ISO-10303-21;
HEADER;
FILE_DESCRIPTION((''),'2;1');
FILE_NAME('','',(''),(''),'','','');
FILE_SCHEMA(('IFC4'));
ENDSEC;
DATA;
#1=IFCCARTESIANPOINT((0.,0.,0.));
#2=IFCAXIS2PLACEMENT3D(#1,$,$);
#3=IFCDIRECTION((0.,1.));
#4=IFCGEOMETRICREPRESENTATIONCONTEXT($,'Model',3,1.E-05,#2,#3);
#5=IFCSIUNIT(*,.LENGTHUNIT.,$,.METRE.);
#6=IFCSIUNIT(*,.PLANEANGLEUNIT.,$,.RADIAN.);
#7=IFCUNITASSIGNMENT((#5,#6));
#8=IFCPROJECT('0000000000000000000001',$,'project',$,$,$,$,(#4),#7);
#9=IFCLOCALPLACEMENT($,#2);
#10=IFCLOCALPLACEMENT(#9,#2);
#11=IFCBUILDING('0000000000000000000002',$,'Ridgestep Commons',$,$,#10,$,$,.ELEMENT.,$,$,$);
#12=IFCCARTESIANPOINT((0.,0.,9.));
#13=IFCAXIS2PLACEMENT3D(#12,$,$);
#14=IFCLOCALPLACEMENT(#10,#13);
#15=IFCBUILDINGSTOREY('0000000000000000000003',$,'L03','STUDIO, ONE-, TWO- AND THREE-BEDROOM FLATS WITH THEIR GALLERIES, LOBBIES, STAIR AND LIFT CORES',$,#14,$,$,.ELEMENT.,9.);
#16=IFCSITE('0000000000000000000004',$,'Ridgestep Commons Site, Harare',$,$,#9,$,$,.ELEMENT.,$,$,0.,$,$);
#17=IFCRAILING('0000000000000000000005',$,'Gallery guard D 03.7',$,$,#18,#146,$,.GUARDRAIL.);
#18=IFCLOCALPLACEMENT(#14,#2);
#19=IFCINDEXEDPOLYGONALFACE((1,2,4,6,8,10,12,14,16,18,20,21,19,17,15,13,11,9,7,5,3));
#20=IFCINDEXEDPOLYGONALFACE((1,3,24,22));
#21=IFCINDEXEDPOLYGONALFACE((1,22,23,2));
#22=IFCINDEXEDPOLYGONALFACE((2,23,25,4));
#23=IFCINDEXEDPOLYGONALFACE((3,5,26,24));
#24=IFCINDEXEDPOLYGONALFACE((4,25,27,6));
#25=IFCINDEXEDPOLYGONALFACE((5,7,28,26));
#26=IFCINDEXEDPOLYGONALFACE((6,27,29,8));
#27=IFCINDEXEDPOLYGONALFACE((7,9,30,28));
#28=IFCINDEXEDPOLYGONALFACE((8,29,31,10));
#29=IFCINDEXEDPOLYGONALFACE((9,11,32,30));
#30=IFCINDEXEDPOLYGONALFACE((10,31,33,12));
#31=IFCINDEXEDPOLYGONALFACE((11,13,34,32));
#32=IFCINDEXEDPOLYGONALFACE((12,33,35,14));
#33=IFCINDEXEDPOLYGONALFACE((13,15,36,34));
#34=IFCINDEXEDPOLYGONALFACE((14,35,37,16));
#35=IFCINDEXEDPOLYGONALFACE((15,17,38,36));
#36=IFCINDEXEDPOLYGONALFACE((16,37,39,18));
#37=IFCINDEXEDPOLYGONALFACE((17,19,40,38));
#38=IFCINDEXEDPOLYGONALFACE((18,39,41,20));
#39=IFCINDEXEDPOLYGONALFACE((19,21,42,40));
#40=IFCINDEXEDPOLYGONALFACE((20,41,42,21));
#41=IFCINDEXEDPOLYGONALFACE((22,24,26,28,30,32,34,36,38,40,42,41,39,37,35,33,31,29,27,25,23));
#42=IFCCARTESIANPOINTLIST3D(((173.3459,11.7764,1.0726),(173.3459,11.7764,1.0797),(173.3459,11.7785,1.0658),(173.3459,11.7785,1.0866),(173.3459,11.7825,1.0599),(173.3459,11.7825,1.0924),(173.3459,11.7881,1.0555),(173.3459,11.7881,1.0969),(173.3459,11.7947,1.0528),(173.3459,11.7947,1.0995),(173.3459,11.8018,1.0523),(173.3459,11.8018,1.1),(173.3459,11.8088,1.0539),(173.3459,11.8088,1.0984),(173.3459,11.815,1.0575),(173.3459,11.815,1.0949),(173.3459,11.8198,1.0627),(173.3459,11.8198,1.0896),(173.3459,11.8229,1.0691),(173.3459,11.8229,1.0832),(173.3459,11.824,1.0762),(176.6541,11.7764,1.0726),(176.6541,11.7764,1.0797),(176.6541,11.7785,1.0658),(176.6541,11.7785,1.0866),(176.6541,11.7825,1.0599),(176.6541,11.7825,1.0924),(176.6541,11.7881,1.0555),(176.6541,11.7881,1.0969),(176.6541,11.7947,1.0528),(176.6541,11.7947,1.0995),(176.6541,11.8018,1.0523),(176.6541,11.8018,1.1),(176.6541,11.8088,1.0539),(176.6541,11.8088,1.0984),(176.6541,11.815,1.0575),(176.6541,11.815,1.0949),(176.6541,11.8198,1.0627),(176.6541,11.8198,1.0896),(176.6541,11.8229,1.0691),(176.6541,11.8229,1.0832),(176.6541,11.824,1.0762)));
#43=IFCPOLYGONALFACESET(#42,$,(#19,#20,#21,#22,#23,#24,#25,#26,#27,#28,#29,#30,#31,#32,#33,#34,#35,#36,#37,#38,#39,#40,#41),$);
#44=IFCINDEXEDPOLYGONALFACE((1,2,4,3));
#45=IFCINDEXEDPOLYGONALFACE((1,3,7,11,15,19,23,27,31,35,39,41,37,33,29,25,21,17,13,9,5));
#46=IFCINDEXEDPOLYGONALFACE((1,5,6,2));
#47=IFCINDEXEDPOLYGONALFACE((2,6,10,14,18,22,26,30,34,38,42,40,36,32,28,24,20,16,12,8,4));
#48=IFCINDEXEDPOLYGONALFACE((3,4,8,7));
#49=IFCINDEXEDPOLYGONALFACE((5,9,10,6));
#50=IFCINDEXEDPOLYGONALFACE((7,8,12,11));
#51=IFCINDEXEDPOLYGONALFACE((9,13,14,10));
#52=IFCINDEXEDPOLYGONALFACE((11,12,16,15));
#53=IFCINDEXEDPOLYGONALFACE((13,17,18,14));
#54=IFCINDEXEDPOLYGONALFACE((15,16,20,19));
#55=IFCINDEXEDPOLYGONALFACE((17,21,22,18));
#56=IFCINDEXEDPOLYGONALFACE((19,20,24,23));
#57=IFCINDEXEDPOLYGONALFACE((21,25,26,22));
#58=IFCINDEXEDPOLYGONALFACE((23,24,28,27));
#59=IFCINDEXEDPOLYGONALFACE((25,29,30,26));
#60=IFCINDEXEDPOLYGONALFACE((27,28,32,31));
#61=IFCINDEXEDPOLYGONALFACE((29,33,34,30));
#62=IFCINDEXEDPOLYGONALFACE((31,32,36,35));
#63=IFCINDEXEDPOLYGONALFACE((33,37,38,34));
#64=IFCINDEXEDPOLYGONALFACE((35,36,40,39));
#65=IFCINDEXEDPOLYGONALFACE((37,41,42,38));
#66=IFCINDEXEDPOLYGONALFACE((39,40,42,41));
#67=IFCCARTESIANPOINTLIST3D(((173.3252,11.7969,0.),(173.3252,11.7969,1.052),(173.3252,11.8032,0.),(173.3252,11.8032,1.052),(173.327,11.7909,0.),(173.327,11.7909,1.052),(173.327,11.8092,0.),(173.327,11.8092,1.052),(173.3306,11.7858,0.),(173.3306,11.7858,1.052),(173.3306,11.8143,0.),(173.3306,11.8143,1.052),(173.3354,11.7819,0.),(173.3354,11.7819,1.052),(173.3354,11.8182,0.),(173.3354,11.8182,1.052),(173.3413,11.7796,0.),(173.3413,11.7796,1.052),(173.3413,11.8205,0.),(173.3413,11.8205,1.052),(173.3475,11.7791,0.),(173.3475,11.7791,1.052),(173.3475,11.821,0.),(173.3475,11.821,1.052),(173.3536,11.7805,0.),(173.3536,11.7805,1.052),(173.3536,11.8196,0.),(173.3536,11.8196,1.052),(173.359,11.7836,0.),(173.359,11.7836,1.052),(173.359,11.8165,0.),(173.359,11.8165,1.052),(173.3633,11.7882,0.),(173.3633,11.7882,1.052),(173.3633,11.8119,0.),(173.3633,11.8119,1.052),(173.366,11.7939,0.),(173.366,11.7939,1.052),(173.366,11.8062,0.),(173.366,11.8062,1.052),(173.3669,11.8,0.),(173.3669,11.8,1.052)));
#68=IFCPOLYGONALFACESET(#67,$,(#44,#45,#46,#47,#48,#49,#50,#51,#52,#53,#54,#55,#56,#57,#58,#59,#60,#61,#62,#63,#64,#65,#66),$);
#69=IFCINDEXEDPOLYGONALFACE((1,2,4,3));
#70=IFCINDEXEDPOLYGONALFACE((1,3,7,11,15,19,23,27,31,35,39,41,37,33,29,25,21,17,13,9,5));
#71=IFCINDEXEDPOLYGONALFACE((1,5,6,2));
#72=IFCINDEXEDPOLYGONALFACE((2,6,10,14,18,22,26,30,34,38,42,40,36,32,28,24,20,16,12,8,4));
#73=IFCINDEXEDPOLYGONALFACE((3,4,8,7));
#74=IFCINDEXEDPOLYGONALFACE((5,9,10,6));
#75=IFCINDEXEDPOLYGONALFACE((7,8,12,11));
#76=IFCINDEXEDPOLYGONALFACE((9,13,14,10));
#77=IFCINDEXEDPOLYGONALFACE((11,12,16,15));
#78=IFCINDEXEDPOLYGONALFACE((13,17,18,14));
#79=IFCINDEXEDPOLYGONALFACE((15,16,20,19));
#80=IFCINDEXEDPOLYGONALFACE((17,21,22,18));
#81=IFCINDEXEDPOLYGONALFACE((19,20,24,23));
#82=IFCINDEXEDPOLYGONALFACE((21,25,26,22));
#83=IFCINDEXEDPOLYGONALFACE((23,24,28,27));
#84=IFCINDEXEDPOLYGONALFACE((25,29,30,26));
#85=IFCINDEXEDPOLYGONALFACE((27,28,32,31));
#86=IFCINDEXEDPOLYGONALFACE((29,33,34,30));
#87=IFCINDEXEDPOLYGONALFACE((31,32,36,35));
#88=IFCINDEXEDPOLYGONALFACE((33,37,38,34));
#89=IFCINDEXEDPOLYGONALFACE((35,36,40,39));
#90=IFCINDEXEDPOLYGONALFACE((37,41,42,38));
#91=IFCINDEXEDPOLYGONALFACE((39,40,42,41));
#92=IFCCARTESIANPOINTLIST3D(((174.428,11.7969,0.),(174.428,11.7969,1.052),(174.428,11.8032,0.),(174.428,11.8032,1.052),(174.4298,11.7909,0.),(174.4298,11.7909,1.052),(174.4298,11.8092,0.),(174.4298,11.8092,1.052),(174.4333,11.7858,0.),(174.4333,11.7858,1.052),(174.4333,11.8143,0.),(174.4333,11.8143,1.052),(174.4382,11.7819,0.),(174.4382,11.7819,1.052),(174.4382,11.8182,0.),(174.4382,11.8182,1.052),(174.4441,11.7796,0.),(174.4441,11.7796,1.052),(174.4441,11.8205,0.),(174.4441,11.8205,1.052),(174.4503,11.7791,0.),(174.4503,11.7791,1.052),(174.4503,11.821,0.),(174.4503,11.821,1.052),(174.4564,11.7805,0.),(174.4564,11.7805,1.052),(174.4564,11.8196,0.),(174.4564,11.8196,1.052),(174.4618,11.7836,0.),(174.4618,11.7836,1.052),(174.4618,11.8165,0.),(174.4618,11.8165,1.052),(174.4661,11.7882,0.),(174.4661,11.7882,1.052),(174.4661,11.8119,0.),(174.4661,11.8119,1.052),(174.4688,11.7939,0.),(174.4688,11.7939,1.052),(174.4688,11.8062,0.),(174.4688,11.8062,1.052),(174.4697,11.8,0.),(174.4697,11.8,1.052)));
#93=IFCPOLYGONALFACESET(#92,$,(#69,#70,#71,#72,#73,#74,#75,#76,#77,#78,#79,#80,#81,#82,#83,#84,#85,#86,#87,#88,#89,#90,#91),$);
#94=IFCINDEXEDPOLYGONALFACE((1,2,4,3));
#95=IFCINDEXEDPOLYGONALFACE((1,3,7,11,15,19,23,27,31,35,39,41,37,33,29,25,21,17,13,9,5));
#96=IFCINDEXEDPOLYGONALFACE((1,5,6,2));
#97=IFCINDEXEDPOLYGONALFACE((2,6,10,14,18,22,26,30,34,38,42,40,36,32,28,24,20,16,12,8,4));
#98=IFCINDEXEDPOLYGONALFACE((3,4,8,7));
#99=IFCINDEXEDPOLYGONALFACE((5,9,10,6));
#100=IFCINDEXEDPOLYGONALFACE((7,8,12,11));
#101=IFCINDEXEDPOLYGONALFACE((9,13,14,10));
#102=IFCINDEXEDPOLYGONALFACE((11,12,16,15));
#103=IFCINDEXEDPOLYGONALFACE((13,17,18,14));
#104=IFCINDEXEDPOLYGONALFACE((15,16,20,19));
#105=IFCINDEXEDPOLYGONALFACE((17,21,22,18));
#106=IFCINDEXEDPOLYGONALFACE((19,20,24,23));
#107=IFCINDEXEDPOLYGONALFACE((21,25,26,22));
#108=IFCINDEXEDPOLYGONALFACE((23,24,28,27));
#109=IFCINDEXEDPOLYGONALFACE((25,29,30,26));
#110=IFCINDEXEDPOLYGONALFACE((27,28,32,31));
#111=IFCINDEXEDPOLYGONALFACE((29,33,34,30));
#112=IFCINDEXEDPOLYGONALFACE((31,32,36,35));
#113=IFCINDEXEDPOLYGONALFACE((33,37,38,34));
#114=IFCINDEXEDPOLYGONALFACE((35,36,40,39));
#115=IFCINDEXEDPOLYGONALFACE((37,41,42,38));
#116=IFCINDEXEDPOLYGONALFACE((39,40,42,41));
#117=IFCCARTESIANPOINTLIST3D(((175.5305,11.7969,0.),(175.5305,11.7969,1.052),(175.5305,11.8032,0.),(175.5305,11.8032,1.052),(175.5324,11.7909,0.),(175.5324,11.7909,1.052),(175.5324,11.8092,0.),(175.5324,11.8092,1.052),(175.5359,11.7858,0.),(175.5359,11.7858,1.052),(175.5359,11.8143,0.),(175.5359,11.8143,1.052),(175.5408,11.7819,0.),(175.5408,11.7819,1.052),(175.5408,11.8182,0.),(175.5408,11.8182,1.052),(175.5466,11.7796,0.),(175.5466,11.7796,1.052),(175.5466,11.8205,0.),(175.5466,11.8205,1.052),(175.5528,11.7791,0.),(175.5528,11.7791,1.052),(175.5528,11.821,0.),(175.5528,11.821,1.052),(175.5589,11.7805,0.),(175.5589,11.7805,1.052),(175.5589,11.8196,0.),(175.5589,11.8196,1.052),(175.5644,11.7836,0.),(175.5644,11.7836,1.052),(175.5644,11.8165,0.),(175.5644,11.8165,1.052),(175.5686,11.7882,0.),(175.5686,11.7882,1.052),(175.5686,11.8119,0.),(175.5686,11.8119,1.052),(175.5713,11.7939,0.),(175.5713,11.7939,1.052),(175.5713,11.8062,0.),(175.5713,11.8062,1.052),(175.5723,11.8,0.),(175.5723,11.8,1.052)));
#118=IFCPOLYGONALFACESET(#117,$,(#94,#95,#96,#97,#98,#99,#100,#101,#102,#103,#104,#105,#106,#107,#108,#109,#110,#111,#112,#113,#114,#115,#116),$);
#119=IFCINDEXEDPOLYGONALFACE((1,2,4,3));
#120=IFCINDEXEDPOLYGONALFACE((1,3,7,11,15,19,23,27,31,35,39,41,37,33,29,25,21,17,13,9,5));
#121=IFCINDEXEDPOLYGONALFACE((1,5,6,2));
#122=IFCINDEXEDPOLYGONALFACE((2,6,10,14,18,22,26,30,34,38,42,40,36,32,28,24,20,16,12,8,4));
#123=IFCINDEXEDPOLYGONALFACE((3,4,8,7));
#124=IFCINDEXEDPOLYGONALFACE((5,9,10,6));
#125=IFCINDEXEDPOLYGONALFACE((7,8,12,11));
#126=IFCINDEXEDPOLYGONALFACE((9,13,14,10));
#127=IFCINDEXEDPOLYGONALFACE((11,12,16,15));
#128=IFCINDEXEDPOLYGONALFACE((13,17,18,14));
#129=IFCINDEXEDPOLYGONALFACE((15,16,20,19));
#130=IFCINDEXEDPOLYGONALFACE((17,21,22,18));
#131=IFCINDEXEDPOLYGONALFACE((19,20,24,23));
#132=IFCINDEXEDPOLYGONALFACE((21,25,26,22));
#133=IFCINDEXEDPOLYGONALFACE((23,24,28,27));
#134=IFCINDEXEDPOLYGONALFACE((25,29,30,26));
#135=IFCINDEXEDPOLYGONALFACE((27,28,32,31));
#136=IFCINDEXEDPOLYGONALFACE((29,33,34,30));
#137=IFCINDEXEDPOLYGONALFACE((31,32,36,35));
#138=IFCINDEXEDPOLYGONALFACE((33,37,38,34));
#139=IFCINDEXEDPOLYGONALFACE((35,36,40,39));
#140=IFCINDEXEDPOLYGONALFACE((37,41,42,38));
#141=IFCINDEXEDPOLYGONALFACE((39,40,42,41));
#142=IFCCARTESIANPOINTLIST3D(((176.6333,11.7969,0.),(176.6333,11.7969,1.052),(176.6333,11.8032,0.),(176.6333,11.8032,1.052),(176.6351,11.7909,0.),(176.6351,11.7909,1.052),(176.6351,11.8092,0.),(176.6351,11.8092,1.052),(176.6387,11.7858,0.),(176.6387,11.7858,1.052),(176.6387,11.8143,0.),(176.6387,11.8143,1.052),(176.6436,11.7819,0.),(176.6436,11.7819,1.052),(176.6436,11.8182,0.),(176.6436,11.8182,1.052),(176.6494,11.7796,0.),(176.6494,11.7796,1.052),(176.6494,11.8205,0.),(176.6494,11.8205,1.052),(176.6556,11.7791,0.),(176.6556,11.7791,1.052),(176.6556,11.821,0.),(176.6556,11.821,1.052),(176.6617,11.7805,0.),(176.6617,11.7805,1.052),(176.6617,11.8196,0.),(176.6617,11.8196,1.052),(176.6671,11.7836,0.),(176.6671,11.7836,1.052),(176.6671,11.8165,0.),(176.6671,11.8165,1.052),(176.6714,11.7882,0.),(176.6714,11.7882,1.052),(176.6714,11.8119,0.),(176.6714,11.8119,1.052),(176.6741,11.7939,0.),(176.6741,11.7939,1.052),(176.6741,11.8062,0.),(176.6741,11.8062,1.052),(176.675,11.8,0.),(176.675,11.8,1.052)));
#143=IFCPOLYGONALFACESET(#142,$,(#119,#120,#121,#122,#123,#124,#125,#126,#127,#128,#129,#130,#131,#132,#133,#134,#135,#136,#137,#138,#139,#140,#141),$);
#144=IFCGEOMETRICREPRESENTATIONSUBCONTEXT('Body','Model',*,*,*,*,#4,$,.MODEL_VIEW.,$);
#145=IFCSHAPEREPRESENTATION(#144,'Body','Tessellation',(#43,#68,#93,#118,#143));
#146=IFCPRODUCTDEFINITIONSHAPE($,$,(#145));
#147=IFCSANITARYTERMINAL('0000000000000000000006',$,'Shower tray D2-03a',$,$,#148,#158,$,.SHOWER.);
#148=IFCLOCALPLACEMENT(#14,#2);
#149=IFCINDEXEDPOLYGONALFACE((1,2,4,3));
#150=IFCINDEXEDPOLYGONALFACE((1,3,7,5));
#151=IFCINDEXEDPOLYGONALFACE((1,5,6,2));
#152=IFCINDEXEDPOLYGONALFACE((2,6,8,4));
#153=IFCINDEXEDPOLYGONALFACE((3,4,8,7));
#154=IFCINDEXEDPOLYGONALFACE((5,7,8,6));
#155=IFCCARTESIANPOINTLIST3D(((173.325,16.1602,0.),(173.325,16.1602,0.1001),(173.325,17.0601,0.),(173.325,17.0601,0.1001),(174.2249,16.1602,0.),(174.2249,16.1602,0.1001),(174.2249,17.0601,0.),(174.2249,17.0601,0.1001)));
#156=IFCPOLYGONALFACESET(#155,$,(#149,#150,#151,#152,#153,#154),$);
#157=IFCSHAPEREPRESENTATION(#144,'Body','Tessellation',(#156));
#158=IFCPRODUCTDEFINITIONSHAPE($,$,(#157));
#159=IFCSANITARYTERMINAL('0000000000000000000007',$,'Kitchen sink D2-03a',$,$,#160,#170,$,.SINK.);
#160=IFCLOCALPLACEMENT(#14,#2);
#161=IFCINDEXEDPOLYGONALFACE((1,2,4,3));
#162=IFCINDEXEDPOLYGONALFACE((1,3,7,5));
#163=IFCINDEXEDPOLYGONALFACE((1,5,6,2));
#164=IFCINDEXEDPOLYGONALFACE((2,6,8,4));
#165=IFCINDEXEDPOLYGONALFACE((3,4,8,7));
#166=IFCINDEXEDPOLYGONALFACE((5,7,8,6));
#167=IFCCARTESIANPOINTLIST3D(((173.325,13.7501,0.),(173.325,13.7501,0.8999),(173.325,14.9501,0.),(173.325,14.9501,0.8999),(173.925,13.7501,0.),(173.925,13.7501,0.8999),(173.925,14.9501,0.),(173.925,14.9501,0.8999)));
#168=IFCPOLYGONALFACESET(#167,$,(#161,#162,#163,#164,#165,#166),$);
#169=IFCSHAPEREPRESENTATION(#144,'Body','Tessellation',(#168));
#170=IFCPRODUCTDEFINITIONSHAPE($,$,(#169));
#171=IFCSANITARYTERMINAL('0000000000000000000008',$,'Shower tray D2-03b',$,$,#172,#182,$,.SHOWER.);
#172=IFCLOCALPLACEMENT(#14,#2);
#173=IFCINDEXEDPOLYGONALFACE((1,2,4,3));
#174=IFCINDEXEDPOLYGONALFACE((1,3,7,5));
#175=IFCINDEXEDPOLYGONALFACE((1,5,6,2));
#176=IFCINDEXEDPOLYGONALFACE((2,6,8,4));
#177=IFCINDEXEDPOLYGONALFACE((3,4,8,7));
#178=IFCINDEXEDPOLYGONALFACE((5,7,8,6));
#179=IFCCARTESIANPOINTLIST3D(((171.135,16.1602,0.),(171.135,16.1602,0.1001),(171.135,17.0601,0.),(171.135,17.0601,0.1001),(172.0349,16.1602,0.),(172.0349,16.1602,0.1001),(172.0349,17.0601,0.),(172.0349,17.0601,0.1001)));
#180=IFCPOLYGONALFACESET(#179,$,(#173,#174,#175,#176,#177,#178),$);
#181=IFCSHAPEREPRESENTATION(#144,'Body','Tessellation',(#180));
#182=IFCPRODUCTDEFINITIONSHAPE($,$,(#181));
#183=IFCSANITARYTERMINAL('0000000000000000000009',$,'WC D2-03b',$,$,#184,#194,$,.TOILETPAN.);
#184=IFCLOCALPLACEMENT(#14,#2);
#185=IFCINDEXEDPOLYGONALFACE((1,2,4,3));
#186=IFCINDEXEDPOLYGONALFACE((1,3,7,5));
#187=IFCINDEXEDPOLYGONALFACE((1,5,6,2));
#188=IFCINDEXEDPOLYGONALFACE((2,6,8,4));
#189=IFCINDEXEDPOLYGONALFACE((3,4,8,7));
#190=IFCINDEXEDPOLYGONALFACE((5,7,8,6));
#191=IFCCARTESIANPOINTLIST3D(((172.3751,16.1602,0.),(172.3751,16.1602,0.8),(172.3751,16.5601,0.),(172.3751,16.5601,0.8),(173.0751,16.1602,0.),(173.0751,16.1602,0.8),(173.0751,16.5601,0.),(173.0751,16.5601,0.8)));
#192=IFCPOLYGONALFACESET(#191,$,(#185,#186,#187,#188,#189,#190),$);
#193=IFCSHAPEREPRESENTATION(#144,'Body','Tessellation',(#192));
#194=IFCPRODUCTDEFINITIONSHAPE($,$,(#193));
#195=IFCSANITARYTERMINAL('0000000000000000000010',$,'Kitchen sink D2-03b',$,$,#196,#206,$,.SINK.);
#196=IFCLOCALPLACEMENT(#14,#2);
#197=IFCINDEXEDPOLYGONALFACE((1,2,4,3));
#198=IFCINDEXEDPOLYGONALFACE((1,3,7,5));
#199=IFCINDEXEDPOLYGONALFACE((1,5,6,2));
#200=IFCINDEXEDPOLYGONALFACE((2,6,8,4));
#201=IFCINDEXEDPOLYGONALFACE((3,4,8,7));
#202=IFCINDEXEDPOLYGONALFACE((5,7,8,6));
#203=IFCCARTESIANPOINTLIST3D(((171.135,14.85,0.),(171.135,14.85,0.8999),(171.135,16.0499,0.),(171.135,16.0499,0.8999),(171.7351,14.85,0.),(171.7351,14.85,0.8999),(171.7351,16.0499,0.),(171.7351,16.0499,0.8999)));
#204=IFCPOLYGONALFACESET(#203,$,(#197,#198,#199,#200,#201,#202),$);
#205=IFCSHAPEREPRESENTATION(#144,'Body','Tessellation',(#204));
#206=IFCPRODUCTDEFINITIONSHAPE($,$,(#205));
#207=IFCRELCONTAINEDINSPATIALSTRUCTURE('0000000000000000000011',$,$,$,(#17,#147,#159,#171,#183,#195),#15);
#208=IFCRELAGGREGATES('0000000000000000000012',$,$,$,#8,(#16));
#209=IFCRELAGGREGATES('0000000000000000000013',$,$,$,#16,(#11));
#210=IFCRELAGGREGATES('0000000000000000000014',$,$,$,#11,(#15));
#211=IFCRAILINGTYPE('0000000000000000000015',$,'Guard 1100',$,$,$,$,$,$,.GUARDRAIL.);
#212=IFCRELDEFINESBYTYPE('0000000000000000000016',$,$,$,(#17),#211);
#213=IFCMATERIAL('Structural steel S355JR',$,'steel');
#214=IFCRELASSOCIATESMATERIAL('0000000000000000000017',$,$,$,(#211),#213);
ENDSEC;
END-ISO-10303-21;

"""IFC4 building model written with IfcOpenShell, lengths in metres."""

from ifc_helpers import new_model, si_unit, direction, frame, origin, origin_2d, place, context, subcontext, project, spatial, rectangle, circle, extrude, material, type_object, element, save


model = new_model("IFC4")

# Units and contexts
model_context = context("Model", 3, precision=1e-05, world=origin(), true_north=direction((0.0, 1.0)))
body_context = subcontext(model_context, "Body", "Model", "MODEL_VIEW")
ifc_project = project(units=[si_unit("LENGTHUNIT", "METRE"), si_unit("PLANEANGLEUNIT", "RADIAN")], contexts=[model_context])

# Site, building, storey
site_placement = place(None, origin())
site = spatial("IfcSite", under=ifc_project, at=site_placement, Name="Ridgestep Commons Site, Harare", CompositionType="ELEMENT", RefElevation=0.0)
building_placement = place(site_placement, origin())
building = spatial("IfcBuilding", under=site, at=building_placement, Name="Ridgestep Commons", CompositionType="ELEMENT")
storey_placement = place(building_placement, frame((0.0, 0.0, 9.0)))
storey = spatial("IfcBuildingStorey", under=building, at=storey_placement, Name="L03", Description="STUDIO, ONE-, TWO- AND THREE-BEDROOM FLATS WITH THEIR GALLERIES, LOBBIES, STAIR AND LIFT CORES", CompositionType="ELEMENT", Elevation=9.0)

# Railing
ifc_material_1 = material(Name="Structural steel S355JR", Category="steel")
railing_type = type_object("IfcRailingType", Name="Guard 1100", PredefinedType="GUARDRAIL", material=ifc_material_1)
railing_1_placement = place(storey_placement, frame((173.3459, 11.8, 0.0)))
element("IfcRailing", 1, at=railing_1_placement, inside=storey, type_object=railing_type, Name="Gallery guard D 03.7", PredefinedType="GUARDRAIL", context=body_context, shape_type="SweptSolid", body=[
    extrude(circle(Radius=0.0239, at=origin_2d()), frame((0.0, 0.0, 1.0762), z_axis=(1.0, 0.0, 0.0), x_axis=(0.0, 1.0, 0.0)), (0.0, 0.0, 1.0), 3.3081),
    extrude(circle(Radius=0.021, at=origin_2d()), origin(), (0.0, 0.0, 1.0), 1.052),
    extrude(circle(Radius=0.021, at=origin_2d()), frame((1.1028, 0.0, 0.0)), (0.0, 0.0, 1.0), 1.052),
    extrude(circle(Radius=0.021, at=origin_2d()), frame((2.2053, 0.0, 0.0)), (0.0, 0.0, 1.0), 1.052),
    extrude(circle(Radius=0.021, at=origin_2d()), frame((3.3081, 0.0, 0.0)), (0.0, 0.0, 1.0), 1.052),
])

# Sanitary terminals
sanitary_terminal_1_placement = place(storey_placement, frame((173.7749, 16.6101, 0.0), z_axis=(0.0, 0.0, 1.0), x_axis=(1.0, 0.0, 0.0)))
element("IfcSanitaryTerminal", 2, at=sanitary_terminal_1_placement, inside=storey, Name="Shower tray D2-03a", PredefinedType="SHOWER", context=body_context, shape_type="SweptSolid", body=[
    extrude(rectangle(XDim=0.8999, YDim=0.8999, at=origin_2d()), origin(), (0.0, 0.0, 1.0), 0.1001),
])
sanitary_terminal_2_placement = place(storey_placement, frame((173.625, 14.3501, 0.0), z_axis=(0.0, 0.0, 1.0), x_axis=(1.0, 0.0, 0.0)))
element("IfcSanitaryTerminal", 3, at=sanitary_terminal_2_placement, inside=storey, Name="Kitchen sink D2-03a", PredefinedType="SINK", context=body_context, shape_type="SweptSolid", body=[
    extrude(rectangle(XDim=0.6001, YDim=1.2, at=origin_2d()), origin(), (0.0, 0.0, 1.0), 0.8999),
])
sanitary_terminal_3_placement = place(storey_placement, frame((171.585, 16.6101, 0.0), z_axis=(0.0, 0.0, 1.0), x_axis=(1.0, 0.0, 0.0)))
element("IfcSanitaryTerminal", 4, at=sanitary_terminal_3_placement, inside=storey, Name="Shower tray D2-03b", PredefinedType="SHOWER", context=body_context, shape_type="SweptSolid", body=[
    extrude(rectangle(XDim=0.8999, YDim=0.8999, at=origin_2d()), origin(), (0.0, 0.0, 1.0), 0.1001),
])
sanitary_terminal_4_placement = place(storey_placement, frame((172.7251, 16.3601, 0.0), z_axis=(0.0, 0.0, 1.0), x_axis=(1.0, 0.0, 0.0)))
element("IfcSanitaryTerminal", 5, at=sanitary_terminal_4_placement, inside=storey, Name="WC D2-03b", PredefinedType="TOILETPAN", context=body_context, shape_type="SweptSolid", body=[
    extrude(rectangle(XDim=0.7, YDim=0.3999, at=origin_2d()), origin(), (0.0, 0.0, 1.0), 0.8),
])
sanitary_terminal_5_placement = place(storey_placement, frame((171.4351, 15.45, 0.0), z_axis=(0.0, 0.0, 1.0), x_axis=(1.0, 0.0, 0.0)))
element("IfcSanitaryTerminal", 6, at=sanitary_terminal_5_placement, inside=storey, Name="Kitchen sink D2-03b", PredefinedType="SINK", context=body_context, shape_type="SweptSolid", body=[
    extrude(rectangle(XDim=0.6001, YDim=1.2, at=origin_2d()), origin(), (0.0, 0.0, 1.0), 0.8999),
])

save(model, "model.ifc")
